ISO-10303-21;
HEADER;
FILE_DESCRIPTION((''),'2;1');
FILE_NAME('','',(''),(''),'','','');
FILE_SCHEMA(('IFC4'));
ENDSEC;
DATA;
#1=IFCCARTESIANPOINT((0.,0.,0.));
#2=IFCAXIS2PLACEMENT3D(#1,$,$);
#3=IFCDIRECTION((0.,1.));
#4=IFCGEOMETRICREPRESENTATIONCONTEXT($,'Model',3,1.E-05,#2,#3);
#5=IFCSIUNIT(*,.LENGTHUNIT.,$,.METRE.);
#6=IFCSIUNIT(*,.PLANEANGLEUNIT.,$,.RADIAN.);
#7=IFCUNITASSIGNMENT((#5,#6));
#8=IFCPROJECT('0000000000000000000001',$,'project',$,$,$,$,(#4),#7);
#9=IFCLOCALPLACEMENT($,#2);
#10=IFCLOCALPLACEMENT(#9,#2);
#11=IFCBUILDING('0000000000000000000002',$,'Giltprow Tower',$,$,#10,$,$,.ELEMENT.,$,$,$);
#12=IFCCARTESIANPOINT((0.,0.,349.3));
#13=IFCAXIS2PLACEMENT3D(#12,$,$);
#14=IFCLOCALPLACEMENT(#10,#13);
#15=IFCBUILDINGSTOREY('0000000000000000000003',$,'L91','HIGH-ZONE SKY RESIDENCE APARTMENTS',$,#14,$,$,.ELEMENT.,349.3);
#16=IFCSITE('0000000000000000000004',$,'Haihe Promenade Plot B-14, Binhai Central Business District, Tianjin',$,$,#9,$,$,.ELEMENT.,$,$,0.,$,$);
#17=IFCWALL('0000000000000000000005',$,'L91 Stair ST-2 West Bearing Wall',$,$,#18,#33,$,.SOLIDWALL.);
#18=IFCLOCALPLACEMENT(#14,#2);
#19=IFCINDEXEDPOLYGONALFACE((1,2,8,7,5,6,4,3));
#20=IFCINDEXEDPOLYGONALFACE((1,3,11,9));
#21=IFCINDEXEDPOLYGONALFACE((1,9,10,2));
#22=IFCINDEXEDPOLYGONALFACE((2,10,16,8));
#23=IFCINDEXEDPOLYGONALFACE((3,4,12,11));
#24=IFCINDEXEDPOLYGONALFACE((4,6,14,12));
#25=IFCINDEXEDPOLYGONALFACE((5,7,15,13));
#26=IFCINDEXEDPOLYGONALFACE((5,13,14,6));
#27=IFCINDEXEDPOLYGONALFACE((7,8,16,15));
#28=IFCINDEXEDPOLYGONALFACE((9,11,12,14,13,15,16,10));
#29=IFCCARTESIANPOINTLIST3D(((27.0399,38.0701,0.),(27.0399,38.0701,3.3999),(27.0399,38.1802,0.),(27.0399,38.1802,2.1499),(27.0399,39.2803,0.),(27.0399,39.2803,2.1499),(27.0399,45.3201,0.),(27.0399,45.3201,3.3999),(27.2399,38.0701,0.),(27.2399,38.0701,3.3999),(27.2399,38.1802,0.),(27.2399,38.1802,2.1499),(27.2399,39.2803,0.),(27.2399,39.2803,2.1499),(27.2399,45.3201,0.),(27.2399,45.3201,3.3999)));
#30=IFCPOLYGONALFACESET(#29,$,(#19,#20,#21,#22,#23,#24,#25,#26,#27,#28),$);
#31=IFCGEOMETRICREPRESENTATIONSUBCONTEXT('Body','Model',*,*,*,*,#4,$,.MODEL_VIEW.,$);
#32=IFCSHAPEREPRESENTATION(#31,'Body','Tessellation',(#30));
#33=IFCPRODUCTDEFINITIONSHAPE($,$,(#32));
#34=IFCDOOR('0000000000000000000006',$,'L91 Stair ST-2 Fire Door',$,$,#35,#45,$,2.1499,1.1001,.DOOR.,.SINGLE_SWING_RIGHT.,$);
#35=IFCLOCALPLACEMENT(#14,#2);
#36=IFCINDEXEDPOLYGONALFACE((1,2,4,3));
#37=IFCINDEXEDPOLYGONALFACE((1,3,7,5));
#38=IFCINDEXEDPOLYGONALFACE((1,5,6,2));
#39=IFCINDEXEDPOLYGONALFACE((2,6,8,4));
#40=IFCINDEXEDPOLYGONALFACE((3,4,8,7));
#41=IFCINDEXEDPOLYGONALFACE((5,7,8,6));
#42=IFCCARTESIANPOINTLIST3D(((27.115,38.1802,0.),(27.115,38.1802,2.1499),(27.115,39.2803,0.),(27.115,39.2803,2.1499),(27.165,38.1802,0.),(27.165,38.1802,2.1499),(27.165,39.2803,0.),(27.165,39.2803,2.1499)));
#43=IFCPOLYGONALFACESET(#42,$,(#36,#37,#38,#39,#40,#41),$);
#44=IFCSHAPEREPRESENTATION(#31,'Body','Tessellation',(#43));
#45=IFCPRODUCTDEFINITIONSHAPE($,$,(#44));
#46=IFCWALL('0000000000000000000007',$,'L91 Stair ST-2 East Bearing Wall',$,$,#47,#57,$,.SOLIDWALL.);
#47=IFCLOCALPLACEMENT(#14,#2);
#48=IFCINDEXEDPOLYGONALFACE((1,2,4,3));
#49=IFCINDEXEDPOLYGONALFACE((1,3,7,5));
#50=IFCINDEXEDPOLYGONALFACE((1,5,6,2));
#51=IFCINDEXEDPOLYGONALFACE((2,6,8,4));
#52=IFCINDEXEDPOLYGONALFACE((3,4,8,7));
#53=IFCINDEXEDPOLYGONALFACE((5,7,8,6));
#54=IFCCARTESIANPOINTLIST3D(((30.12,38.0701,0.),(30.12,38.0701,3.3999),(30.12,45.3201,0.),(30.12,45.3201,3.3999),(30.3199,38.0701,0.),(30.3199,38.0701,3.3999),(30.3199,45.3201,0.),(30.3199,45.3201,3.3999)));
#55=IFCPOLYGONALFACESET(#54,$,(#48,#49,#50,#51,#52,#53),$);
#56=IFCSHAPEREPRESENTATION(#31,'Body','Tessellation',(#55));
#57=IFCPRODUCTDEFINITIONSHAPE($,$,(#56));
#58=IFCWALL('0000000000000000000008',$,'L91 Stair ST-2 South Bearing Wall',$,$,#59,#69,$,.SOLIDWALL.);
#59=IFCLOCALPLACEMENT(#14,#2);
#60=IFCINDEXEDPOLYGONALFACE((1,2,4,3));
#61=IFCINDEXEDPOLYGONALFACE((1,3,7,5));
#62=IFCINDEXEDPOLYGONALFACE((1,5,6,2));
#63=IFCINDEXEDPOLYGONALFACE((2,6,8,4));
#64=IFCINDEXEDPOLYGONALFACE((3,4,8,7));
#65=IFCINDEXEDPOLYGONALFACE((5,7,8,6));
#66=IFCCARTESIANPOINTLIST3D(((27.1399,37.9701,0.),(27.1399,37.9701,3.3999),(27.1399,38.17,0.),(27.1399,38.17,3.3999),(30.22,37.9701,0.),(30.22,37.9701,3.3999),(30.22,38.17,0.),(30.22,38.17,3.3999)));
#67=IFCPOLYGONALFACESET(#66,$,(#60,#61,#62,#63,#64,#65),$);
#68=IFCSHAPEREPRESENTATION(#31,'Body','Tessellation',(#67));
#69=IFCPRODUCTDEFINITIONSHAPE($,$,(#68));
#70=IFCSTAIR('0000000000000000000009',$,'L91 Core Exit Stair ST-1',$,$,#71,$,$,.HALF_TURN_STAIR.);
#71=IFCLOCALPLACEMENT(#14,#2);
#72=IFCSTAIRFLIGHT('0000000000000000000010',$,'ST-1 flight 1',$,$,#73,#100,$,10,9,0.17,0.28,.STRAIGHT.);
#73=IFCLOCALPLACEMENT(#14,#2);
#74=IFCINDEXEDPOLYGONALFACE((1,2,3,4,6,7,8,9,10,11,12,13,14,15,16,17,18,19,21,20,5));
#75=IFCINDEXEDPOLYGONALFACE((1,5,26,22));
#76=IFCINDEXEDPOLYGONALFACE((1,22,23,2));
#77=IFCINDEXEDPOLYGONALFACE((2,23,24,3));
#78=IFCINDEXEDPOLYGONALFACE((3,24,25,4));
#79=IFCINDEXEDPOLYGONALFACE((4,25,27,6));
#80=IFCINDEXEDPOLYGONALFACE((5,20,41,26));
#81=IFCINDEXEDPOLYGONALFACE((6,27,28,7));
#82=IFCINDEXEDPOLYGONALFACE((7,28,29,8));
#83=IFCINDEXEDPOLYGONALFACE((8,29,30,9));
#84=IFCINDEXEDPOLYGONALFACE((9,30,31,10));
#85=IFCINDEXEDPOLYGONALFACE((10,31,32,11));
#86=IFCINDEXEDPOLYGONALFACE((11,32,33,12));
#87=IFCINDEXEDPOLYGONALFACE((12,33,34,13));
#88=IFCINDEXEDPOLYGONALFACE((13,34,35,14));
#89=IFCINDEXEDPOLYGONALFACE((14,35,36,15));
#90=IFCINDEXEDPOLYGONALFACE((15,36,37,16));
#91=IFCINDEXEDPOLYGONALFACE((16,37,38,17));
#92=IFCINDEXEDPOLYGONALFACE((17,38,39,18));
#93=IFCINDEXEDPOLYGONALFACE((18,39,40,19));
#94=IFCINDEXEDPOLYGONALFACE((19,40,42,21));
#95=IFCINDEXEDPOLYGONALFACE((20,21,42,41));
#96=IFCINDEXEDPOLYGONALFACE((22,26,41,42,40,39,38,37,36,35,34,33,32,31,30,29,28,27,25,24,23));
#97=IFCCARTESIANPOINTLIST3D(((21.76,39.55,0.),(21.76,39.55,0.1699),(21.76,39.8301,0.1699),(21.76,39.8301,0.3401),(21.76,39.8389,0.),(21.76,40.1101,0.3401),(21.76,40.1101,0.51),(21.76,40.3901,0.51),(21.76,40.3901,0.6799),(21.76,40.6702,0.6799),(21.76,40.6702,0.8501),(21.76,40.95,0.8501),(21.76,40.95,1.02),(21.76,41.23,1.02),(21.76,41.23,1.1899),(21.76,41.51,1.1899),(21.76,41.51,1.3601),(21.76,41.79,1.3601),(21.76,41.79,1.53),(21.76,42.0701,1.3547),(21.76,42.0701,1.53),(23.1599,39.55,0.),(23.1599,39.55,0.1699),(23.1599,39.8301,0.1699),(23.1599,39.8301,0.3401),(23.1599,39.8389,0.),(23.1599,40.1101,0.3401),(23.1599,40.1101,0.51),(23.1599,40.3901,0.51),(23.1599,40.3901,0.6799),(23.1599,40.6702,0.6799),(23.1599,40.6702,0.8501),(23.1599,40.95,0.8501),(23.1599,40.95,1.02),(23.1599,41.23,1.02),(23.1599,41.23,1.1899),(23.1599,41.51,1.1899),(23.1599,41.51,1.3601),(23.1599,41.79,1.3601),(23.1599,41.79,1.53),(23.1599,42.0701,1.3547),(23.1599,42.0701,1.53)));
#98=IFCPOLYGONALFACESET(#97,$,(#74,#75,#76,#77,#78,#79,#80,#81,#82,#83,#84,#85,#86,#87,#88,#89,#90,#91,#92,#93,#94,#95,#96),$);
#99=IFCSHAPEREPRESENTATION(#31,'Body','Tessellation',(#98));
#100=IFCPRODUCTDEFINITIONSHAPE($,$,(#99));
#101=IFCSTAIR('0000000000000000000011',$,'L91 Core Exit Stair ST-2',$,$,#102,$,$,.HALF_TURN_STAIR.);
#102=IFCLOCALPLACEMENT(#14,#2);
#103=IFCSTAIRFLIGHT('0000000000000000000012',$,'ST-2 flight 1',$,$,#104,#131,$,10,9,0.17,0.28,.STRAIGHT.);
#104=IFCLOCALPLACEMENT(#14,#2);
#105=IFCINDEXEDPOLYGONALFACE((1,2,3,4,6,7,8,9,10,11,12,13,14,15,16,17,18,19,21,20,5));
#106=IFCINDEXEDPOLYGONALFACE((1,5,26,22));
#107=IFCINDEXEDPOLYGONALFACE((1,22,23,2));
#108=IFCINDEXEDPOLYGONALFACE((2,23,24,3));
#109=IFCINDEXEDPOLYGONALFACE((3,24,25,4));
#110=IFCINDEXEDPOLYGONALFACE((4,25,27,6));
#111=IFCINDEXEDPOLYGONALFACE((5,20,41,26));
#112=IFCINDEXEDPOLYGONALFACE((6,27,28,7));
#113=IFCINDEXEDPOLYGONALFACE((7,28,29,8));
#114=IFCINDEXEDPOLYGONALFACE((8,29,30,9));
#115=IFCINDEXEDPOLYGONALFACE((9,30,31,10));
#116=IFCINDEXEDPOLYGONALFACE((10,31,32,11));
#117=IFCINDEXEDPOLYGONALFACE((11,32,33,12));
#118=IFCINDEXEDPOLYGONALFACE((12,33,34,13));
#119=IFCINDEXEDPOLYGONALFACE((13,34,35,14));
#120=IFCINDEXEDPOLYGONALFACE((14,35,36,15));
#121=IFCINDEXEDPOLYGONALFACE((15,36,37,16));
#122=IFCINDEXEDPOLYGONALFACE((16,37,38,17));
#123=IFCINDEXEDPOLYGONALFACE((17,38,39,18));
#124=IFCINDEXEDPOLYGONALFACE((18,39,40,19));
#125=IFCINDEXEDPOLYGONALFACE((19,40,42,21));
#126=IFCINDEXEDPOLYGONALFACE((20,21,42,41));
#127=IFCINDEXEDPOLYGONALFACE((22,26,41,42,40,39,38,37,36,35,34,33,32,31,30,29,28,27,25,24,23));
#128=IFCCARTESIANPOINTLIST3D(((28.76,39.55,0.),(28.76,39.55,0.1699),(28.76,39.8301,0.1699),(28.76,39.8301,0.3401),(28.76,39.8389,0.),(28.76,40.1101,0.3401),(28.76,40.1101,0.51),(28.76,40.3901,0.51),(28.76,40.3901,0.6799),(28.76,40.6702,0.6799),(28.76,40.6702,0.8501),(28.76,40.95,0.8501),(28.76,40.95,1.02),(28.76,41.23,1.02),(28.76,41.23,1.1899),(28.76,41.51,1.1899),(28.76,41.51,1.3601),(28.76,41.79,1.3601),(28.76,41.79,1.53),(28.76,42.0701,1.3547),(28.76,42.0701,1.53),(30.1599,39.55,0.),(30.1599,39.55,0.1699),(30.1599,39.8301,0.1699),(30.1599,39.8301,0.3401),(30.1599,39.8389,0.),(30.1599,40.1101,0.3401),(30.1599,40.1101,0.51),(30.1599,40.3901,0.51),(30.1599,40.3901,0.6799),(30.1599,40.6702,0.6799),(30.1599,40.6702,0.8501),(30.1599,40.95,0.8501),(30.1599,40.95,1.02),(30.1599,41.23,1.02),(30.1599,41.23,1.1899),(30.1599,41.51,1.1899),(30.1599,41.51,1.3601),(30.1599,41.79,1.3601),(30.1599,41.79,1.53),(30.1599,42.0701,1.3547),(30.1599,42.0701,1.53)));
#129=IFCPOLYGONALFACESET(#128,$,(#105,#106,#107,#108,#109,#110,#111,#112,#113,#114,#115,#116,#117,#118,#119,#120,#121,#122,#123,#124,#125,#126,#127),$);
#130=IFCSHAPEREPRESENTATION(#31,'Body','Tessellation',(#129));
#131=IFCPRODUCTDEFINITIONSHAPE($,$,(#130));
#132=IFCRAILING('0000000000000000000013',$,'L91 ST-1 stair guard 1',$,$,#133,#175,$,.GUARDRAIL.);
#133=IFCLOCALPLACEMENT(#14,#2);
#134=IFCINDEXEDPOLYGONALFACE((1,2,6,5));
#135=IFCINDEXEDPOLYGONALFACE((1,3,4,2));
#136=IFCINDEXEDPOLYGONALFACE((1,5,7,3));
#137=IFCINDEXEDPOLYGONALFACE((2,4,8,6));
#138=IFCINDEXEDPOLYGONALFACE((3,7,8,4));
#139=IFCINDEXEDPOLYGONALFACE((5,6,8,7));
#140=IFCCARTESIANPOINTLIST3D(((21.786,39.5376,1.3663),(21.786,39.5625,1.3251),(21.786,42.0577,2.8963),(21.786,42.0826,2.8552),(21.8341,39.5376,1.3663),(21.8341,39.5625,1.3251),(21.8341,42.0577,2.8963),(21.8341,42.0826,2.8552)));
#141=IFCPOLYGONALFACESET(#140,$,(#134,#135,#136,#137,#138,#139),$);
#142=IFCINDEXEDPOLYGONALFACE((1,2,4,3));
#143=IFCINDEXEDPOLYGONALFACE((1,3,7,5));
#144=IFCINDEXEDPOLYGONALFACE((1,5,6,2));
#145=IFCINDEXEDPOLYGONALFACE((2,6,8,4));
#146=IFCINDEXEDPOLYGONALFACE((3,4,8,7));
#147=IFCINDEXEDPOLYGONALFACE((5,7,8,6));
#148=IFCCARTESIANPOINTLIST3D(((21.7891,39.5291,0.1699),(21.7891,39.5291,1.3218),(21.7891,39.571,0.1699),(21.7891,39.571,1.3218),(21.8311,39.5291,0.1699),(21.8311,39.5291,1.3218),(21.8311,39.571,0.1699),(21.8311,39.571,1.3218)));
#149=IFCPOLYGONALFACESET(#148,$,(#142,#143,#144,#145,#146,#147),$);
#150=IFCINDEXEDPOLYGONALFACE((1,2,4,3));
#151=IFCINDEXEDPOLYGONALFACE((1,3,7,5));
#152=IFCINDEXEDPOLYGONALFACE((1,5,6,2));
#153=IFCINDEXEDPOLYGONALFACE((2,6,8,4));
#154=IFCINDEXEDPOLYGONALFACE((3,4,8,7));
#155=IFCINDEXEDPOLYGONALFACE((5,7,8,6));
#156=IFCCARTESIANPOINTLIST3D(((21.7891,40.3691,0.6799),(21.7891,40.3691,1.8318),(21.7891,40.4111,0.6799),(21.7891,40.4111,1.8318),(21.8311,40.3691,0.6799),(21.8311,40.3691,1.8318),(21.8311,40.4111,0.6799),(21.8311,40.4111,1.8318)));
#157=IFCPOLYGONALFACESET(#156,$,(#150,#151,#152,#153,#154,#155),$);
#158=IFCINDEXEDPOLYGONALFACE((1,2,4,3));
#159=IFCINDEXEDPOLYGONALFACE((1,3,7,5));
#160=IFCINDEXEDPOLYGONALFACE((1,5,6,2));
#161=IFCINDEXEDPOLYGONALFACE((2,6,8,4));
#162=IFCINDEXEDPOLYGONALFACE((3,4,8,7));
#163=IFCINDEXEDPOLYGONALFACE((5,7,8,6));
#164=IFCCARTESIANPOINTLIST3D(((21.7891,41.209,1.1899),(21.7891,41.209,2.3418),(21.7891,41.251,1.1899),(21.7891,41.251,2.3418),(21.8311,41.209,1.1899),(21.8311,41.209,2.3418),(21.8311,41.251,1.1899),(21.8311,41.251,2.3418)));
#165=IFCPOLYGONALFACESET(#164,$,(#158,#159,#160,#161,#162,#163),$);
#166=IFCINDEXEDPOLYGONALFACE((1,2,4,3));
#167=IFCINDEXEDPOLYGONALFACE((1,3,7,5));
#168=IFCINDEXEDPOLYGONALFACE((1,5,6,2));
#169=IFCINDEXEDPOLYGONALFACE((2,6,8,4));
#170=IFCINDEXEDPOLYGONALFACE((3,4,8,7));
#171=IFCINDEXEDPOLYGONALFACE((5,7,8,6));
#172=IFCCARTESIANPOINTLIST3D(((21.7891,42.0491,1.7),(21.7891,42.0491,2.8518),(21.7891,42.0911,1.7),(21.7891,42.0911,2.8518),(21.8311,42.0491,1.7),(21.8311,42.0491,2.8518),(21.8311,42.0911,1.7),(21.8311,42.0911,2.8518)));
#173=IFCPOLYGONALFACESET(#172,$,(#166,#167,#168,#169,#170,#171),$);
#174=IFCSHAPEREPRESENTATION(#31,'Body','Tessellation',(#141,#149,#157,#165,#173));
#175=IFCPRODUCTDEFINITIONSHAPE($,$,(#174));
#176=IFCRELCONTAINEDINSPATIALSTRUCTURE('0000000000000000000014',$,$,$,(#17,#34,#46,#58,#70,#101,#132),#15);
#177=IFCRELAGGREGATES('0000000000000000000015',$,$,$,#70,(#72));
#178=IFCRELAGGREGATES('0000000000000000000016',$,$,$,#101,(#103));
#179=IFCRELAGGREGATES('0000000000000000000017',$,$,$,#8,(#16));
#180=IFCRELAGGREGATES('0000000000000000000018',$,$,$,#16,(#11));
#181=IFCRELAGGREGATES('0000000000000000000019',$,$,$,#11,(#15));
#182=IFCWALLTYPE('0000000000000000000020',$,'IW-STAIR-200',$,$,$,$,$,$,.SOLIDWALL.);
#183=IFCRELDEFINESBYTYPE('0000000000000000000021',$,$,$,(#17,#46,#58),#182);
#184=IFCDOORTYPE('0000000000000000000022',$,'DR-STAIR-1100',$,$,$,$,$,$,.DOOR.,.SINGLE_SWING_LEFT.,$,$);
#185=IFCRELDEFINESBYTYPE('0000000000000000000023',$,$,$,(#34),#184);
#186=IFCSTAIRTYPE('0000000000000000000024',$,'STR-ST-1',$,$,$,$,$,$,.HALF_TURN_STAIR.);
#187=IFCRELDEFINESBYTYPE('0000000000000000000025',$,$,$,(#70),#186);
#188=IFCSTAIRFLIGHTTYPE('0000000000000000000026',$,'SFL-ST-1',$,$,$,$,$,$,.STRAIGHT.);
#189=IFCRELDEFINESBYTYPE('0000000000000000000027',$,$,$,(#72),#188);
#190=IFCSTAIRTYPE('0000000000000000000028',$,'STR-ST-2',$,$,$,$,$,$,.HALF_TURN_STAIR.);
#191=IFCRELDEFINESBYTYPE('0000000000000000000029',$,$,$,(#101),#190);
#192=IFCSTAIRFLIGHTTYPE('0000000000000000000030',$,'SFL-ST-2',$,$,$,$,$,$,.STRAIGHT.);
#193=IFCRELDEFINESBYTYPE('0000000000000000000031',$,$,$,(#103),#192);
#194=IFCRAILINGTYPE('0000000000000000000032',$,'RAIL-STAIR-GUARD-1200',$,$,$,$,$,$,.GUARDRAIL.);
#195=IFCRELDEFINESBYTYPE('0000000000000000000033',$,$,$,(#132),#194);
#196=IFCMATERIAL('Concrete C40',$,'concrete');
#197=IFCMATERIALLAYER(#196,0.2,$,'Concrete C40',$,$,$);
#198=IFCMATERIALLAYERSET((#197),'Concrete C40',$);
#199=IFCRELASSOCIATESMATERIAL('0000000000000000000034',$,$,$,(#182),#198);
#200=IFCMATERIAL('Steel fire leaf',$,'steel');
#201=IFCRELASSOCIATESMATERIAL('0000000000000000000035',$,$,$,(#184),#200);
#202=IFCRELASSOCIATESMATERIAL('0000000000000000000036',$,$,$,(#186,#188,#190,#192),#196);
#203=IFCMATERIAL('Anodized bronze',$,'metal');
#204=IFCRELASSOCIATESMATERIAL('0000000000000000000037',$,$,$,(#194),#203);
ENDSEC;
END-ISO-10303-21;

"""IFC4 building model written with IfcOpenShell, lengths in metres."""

from ifc_helpers import new_model, si_unit, direction, frame, frame_2d, origin, origin_2d, place, context, subcontext, project, spatial, polyline, rectangle, outline, extrude, source, transform, mapped, material, layer, layer_set, type_object, element, fill, aggregate, save


model = new_model("IFC4")

# Units and contexts
model_context = context("Model", 3, precision=1e-05, world=origin(), true_north=direction((0.0, 1.0)))
body_context = subcontext(model_context, "Body", "Model", "MODEL_VIEW")
ifc_project = project(units=[si_unit("LENGTHUNIT", "METRE"), si_unit("PLANEANGLEUNIT", "RADIAN")], contexts=[model_context])

# Site, building, storey
site_placement = place(None, origin())
site = spatial("IfcSite", under=ifc_project, at=site_placement, Name="Haihe Promenade Plot B-14, Binhai Central Business District, Tianjin", CompositionType="ELEMENT", RefElevation=0.0)
building_placement = place(site_placement, origin())
building = spatial("IfcBuilding", under=site, at=building_placement, Name="Giltprow Tower", CompositionType="ELEMENT")
storey_placement = place(building_placement, frame((0.0, 0.0, 349.3)))
storey = spatial("IfcBuildingStorey", under=building, at=storey_placement, Name="L91", Description="HIGH-ZONE SKY RESIDENCE APARTMENTS", CompositionType="ELEMENT", Elevation=349.3)

# Wall, opening, door
ifc_material_1 = material(Name="Concrete C40", Category="concrete")
ifc_layer_1 = layer(ifc_material_1, 0.2, Name="Concrete C40")
ifc_layer_set_1 = layer_set([ifc_layer_1], Name="Concrete C40")
wall_type_1 = type_object("IfcWallType", Name="IW-STAIR-200", PredefinedType="SOLIDWALL", material=ifc_layer_set_1)
ifc_material_2 = material(Name="Steel fire leaf", Category="steel")
door_type_1 = type_object("IfcDoorType", Name="DR-STAIR-1100", OperationType="SINGLE_SWING_LEFT", PredefinedType="DOOR", material=ifc_material_2)
shared_shape_1 = source(origin(), body_context, "Body", "SweptSolid", [
    extrude(rectangle(XDim=1.1001, YDim=2.1499, at=frame_2d((0.55, 1.075))), frame((0.0, 0.0249, 0.0), z_axis=(0.0, -1.0, 0.0), x_axis=(1.0, 0.0, 0.0)), (0.0, 0.0, 1.0), 0.05),
])
wall_1_placement = place(storey_placement, frame((27.1399, 38.0701, 0.0), z_axis=(0.0, 0.0, 1.0), x_axis=(0.0, 1.0, 0.0)))
wall_1 = element("IfcWall", 1, at=wall_1_placement, inside=storey, type_object=wall_type_1, Name="L91 Stair ST-2 West Bearing Wall", PredefinedType="SOLIDWALL", context=body_context, shape_type="SweptSolid", body=[
    extrude(rectangle(XDim=7.25, YDim=0.2, at=frame_2d((3.625, 0.0))), origin(), (0.0, 0.0, 1.0), 3.3999),
])
opening_1_placement = place(wall_1_placement, frame((0.1101, 0.0, 0.0)))
opening_1 = element("IfcOpeningElement", 2, at=opening_1_placement, cuts=wall_1, PredefinedType="OPENING", context=body_context, shape_type="SweptSolid", body=[
    extrude(rectangle(XDim=1.1001, YDim=2.1499, at=frame_2d((0.55, 1.075))), frame((0.0, 0.1099, 0.0), z_axis=(0.0, -1.0, 0.0), x_axis=(1.0, 0.0, 0.0)), (0.0, 0.0, 1.0), 0.22),
])
door_1_placement = place(opening_1_placement, origin())
door_1 = element("IfcDoor", 3, at=door_1_placement, inside=storey, type_object=door_type_1, Name="L91 Stair ST-2 Fire Door", OperationType="SINGLE_SWING_RIGHT", OverallHeight=2.1499, OverallWidth=1.1001, PredefinedType="DOOR", context=body_context, shape_type="MappedRepresentation", body=[
    mapped(shared_shape_1, transform((0.0, 0.0, 0.0), x_axis=(1.0, 0.0, 0.0), y_axis=(0.0, 1.0, 0.0), z_axis=(0.0, 0.0, 1.0), scale=1.0)),
])
fill(opening_1, door_1)

# Walls
wall_2_placement = place(storey_placement, frame((30.22, 38.0701, 0.0), z_axis=(0.0, 0.0, 1.0), x_axis=(0.0, 1.0, 0.0)))
element("IfcWall", 4, at=wall_2_placement, inside=storey, type_object=wall_type_1, Name="L91 Stair ST-2 East Bearing Wall", PredefinedType="SOLIDWALL", context=body_context, shape_type="SweptSolid", body=[
    extrude(rectangle(XDim=7.25, YDim=0.2, at=frame_2d((3.625, 0.0))), origin(), (0.0, 0.0, 1.0), 3.3999),
])
wall_3_placement = place(storey_placement, frame((27.1399, 38.0701, 0.0), z_axis=(0.0, 0.0, 1.0), x_axis=(1.0, 0.0, 0.0)))
element("IfcWall", 5, at=wall_3_placement, inside=storey, type_object=wall_type_1, Name="L91 Stair ST-2 South Bearing Wall", PredefinedType="SOLIDWALL", context=body_context, shape_type="SweptSolid", body=[
    extrude(rectangle(XDim=3.0801, YDim=0.2, at=frame_2d((1.54, 0.0))), origin(), (0.0, 0.0, 1.0), 3.3999),
])

# Stairs, stair flights
stair_type_1 = type_object("IfcStairType", Name="STR-ST-1", PredefinedType="HALF_TURN_STAIR", material=ifc_material_1)
stair_1_placement = place(storey_placement, origin())
stair_1 = element("IfcStair", 6, at=stair_1_placement, inside=storey, type_object=stair_type_1, Name="L91 Core Exit Stair ST-1", PredefinedType="HALF_TURN_STAIR")
stair_flight_type_1 = type_object("IfcStairFlightType", Name="SFL-ST-1", PredefinedType="STRAIGHT", material=ifc_material_1)
stair_flight_1_placement = place(storey_placement, frame((22.46, 39.55, 0.0), z_axis=(0.0, 0.0, 1.0), x_axis=(0.0, 1.0, 0.0)))
stair_flight_1 = element("IfcStairFlight", 7, at=stair_flight_1_placement, type_object=stair_flight_type_1, Name="ST-1 flight 1", NumberOfRisers=10, NumberOfTreads=9, PredefinedType="STRAIGHT", RiserHeight=0.17, TreadLength=0.28, context=body_context, shape_type="SweptSolid", body=[
    extrude(outline(polyline([(0.0, 0.0), (0.0, 0.1699), (0.28, 0.1699), (0.28, 0.3401), (0.5601, 0.3401), (0.5601, 0.51), (0.8401, 0.51), (0.8401, 0.6799), (1.1201, 0.6799), (1.1201, 0.8501), (1.3999, 0.8501), (1.3999, 1.02), (1.6799, 1.02), (1.6799, 1.1899), (1.96, 1.1899), (1.96, 1.3601), (2.24, 1.3601), (2.24, 1.53), (2.52, 1.53), (2.52, 1.7), (2.52, 1.3547), (0.2888, 0.0), (0.0, 0.0)])), frame((0.0, 0.7, 0.0), z_axis=(0.0, -1.0, 0.0), x_axis=(1.0, 0.0, 0.0)), (0.0, 0.0, 1.0), 1.3999),
])
aggregate(stair_1, [stair_flight_1])
stair_type_2 = type_object("IfcStairType", Name="STR-ST-2", PredefinedType="HALF_TURN_STAIR", material=ifc_material_1)
stair_2_placement = place(storey_placement, origin())
stair_2 = element("IfcStair", 8, at=stair_2_placement, inside=storey, type_object=stair_type_2, Name="L91 Core Exit Stair ST-2", PredefinedType="HALF_TURN_STAIR")
stair_flight_type_2 = type_object("IfcStairFlightType", Name="SFL-ST-2", PredefinedType="STRAIGHT", material=ifc_material_1)
stair_flight_2_placement = place(storey_placement, frame((29.46, 39.55, 0.0), z_axis=(0.0, 0.0, 1.0), x_axis=(0.0, 1.0, 0.0)))
stair_flight_2 = element("IfcStairFlight", 9, at=stair_flight_2_placement, type_object=stair_flight_type_2, Name="ST-2 flight 1", NumberOfRisers=10, NumberOfTreads=9, PredefinedType="STRAIGHT", RiserHeight=0.17, TreadLength=0.28, context=body_context, shape_type="SweptSolid", body=[
    extrude(outline(polyline([(0.0, 0.0), (0.0, 0.1699), (0.28, 0.1699), (0.28, 0.3401), (0.5601, 0.3401), (0.5601, 0.51), (0.8401, 0.51), (0.8401, 0.6799), (1.1201, 0.6799), (1.1201, 0.8501), (1.3999, 0.8501), (1.3999, 1.02), (1.6799, 1.02), (1.6799, 1.1899), (1.96, 1.1899), (1.96, 1.3601), (2.24, 1.3601), (2.24, 1.53), (2.52, 1.53), (2.52, 1.7), (2.52, 1.3547), (0.2888, 0.0), (0.0, 0.0)])), frame((0.0, 0.7, 0.0), z_axis=(0.0, -1.0, 0.0), x_axis=(1.0, 0.0, 0.0)), (0.0, 0.0, 1.0), 1.3999),
])
aggregate(stair_2, [stair_flight_2])

# Railing
ifc_material_3 = material(Name="Anodized bronze", Category="metal")
railing_type_1 = type_object("IfcRailingType", Name="RAIL-STAIR-GUARD-1200", PredefinedType="GUARDRAIL", material=ifc_material_3)
railing_1_placement = place(storey_placement, frame((21.8101, 39.55, 0.1699)))
element("IfcRailing", 10, at=railing_1_placement, inside=storey, type_object=railing_type_1, Name="L91 ST-1 stair guard 1", PredefinedType="GUARDRAIL", context=body_context, shape_type="SweptSolid", body=[
    extrude(rectangle(XDim=0.0481, YDim=0.0481, at=origin_2d()), frame((0.0, 0.0, 1.1758), z_axis=(0.0, 0.854785, 0.518982), x_axis=(-1.0, 0.0, 0.0)), (0.0, 0.0, 1.0), 2.9482),
    extrude(rectangle(XDim=0.042, YDim=0.042, at=origin_2d()), origin(), (0.0, 0.0, 1.0), 1.1519),
    extrude(rectangle(XDim=0.042, YDim=0.042, at=origin_2d()), frame((0.0, 0.8401, 0.51)), (0.0, 0.0, 1.0), 1.1519),
    extrude(rectangle(XDim=0.042, YDim=0.042, at=origin_2d()), frame((0.0, 1.6799, 1.02)), (0.0, 0.0, 1.0), 1.1519),
    extrude(rectangle(XDim=0.042, YDim=0.042, at=origin_2d()), frame((0.0, 2.52, 1.53)), (0.0, 0.0, 1.0), 1.1519),
])

save(model, "model.ifc")
